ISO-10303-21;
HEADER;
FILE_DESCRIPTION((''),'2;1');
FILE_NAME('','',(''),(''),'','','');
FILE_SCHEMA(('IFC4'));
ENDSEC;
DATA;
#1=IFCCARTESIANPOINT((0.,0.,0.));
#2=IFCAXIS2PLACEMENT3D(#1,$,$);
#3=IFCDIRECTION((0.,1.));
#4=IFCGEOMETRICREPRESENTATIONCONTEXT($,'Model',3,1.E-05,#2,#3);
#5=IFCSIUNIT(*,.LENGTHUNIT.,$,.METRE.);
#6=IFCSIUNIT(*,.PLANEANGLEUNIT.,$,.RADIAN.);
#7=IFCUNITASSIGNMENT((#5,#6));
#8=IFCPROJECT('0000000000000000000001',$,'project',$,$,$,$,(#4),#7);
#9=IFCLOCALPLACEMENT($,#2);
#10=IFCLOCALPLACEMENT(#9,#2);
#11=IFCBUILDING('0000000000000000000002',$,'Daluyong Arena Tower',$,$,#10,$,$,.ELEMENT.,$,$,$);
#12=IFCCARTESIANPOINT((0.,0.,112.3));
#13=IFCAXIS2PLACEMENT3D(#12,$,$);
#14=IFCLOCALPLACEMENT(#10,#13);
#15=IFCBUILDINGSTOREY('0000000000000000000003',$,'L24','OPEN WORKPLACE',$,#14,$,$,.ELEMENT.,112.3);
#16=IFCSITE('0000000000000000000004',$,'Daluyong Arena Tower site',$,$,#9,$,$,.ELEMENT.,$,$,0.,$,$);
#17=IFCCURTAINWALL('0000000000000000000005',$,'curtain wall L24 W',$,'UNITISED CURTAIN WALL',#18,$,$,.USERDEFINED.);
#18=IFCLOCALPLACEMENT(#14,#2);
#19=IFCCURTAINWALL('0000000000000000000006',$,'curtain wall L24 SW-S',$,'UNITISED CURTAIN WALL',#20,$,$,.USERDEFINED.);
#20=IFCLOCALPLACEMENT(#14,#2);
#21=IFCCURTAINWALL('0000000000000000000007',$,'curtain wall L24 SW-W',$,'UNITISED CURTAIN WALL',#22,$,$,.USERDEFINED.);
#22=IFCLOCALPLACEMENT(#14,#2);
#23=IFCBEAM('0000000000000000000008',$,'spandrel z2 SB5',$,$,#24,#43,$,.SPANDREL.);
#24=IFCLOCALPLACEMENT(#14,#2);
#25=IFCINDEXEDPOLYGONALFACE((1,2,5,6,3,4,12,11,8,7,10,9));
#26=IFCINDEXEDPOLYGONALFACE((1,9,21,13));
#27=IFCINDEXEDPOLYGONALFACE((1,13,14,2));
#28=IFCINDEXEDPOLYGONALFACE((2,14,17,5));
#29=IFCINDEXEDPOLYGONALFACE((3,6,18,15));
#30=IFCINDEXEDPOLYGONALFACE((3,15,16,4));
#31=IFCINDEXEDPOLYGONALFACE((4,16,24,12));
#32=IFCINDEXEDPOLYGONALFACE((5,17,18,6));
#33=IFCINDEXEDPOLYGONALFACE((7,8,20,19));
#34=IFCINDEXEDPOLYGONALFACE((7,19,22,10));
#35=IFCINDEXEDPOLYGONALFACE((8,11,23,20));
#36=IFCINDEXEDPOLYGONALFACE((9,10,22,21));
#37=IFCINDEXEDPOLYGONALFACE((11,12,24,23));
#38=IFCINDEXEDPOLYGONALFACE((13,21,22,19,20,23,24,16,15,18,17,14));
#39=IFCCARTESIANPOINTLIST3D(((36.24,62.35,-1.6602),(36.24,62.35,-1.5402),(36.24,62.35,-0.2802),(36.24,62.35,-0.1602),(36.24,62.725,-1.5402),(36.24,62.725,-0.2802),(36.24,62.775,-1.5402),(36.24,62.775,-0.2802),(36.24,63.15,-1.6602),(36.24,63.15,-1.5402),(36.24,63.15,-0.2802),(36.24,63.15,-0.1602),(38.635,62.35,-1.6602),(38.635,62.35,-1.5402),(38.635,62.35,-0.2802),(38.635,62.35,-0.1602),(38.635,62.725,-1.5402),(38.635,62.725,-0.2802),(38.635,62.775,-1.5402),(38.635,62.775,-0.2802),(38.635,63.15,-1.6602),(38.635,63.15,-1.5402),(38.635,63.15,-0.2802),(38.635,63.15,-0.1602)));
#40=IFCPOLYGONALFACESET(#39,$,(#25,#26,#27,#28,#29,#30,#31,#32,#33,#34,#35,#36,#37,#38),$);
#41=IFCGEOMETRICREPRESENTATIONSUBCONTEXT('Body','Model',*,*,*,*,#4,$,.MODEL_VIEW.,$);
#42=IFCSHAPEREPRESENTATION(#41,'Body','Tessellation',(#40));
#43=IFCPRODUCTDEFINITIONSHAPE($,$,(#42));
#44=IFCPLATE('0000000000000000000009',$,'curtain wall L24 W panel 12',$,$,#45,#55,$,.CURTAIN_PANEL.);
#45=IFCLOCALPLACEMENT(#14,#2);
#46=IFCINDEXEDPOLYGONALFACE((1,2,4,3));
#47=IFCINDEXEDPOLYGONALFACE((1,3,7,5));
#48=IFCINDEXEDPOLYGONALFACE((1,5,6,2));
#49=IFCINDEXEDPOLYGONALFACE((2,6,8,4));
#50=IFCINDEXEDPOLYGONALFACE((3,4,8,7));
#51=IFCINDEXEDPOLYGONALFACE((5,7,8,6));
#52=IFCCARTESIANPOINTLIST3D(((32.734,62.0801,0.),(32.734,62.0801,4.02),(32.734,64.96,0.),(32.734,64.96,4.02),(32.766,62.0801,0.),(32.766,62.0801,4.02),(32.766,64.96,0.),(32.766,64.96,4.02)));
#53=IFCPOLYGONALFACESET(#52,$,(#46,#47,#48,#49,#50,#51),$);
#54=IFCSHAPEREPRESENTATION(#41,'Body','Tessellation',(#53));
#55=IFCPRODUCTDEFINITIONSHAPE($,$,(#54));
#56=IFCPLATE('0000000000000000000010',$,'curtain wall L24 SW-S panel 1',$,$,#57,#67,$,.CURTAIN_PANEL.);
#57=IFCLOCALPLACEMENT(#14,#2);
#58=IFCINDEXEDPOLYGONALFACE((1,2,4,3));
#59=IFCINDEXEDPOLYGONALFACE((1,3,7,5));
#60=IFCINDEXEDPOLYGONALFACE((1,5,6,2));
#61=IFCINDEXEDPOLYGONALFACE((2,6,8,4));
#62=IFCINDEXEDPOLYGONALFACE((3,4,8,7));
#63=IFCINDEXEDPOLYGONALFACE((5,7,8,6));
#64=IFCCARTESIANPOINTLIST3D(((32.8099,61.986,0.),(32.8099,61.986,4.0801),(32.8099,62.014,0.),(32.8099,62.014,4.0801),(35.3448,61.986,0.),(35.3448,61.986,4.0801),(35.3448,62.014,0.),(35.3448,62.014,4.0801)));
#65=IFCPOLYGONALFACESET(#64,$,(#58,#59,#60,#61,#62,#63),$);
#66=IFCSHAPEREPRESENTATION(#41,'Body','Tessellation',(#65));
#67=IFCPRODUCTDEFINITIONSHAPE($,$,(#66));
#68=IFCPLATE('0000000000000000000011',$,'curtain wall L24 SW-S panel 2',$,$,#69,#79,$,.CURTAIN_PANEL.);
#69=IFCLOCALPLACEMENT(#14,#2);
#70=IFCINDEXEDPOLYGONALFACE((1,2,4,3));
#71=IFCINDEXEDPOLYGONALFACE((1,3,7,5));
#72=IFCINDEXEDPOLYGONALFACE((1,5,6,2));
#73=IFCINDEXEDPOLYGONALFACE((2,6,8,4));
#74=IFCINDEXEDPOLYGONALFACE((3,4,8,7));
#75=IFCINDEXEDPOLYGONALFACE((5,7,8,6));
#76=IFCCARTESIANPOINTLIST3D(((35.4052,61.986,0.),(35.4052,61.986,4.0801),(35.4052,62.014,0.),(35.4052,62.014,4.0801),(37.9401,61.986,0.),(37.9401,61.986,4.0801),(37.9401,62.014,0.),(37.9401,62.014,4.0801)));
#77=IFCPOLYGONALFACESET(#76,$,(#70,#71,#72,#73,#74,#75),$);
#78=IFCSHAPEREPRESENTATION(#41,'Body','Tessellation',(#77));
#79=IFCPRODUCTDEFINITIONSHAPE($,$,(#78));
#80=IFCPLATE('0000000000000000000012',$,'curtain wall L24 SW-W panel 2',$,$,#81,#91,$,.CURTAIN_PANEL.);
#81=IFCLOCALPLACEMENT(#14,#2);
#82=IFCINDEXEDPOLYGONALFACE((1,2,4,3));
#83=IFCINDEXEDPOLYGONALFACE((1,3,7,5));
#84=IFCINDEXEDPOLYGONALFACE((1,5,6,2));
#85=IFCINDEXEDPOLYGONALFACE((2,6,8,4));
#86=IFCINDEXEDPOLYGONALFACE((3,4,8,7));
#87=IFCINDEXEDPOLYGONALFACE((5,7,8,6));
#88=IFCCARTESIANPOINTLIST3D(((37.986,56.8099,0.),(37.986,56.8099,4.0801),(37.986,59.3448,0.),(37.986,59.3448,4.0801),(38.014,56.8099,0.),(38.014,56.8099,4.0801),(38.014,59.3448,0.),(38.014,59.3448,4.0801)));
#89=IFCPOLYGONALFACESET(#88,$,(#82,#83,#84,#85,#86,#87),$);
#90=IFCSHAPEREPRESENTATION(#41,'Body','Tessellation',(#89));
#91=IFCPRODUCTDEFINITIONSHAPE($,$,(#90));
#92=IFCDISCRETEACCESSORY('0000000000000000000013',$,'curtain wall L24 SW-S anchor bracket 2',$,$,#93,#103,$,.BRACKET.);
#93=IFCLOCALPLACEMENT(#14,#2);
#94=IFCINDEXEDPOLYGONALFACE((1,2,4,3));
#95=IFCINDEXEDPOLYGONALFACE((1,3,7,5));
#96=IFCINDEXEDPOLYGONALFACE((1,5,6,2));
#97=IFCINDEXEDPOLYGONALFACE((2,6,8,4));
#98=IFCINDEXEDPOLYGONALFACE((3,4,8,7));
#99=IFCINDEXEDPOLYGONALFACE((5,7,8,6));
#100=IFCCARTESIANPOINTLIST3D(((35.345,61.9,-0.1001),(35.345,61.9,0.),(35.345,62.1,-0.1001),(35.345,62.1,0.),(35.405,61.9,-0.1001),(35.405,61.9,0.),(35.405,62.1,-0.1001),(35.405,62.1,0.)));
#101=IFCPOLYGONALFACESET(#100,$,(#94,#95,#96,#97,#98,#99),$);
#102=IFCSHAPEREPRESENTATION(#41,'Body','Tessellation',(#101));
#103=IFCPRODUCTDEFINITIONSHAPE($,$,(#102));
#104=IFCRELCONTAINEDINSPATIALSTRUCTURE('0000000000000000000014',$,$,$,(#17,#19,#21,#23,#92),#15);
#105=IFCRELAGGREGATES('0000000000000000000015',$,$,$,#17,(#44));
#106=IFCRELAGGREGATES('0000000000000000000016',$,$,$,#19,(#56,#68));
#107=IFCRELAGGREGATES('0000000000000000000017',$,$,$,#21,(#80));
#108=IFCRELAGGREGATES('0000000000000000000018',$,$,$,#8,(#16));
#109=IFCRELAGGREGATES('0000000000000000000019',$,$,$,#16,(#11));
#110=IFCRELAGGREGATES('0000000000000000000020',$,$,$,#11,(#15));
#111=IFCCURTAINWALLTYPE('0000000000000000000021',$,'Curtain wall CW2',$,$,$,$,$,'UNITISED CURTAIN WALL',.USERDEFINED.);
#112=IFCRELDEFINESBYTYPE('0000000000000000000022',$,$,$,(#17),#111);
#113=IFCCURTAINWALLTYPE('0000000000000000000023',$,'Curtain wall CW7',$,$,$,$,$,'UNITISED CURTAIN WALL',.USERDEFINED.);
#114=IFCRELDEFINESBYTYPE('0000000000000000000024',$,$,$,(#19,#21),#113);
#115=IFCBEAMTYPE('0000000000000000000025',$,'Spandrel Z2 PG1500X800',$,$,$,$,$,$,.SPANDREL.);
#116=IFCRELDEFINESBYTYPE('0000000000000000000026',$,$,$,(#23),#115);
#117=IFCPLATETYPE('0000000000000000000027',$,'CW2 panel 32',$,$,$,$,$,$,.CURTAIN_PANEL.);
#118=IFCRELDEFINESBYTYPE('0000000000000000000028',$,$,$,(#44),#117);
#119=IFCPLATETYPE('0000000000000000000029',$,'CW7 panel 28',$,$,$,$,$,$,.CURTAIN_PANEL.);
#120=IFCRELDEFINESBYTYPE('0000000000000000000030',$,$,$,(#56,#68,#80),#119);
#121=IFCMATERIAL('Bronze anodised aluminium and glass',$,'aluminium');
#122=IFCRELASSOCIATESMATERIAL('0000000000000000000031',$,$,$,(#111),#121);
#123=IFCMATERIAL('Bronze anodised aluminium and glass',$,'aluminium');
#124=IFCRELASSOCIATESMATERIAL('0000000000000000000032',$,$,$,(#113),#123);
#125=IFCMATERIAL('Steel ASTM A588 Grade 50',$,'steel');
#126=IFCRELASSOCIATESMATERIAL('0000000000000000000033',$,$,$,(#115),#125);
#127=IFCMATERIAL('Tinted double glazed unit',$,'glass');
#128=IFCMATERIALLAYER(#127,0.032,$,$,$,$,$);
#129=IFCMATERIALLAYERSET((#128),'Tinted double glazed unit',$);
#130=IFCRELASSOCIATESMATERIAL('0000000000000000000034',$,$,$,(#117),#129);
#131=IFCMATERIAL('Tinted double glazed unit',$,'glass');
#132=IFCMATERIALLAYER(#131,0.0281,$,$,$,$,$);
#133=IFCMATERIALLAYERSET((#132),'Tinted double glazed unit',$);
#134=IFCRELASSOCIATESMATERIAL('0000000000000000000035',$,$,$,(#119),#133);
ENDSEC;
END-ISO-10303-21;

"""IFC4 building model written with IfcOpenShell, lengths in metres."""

from ifc_helpers import new_model, si_unit, direction, frame, origin, origin_2d, place, context, subcontext, project, spatial, rectangle, i_section, extrude, material, layer, layer_set, material_profile, profile_set, type_object, element, aggregate, save


model = new_model("IFC4")

# Units and contexts
model_context = context("Model", 3, precision=1e-05, world=origin(), true_north=direction((0.0, 1.0)))
body_context = subcontext(model_context, "Body", "Model", "MODEL_VIEW")
ifc_project = project(units=[si_unit("LENGTHUNIT", "METRE"), si_unit("PLANEANGLEUNIT", "RADIAN")], contexts=[model_context])

# Site, building, storey
site_placement = place(None, origin())
site = spatial("IfcSite", under=ifc_project, at=site_placement, Name="Daluyong Arena Tower site", CompositionType="ELEMENT", RefElevation=0.0)
building_placement = place(site_placement, origin())
building = spatial("IfcBuilding", under=site, at=building_placement, Name="Daluyong Arena Tower", CompositionType="ELEMENT")
storey_placement = place(building_placement, frame((0.0, 0.0, 112.3)))
storey = spatial("IfcBuildingStorey", under=building, at=storey_placement, Name="L24", Description="OPEN WORKPLACE", CompositionType="ELEMENT", Elevation=112.3)

# Curtain wall
ifc_material_1 = material(Name="Bronze anodised aluminium and glass", Category="aluminium")
curtain_wall_type_1 = type_object("IfcCurtainWallType", Name="Curtain wall CW2", ElementType="UNITISED CURTAIN WALL", PredefinedType="USERDEFINED", material=ifc_material_1)
curtain_wall_1_placement = place(storey_placement, origin())
curtain_wall_1 = element("IfcCurtainWall", 1, at=curtain_wall_1_placement, inside=storey, type_object=curtain_wall_type_1, Name="curtain wall L24 W", ObjectType="UNITISED CURTAIN WALL", PredefinedType="USERDEFINED")

# Curtain walls
ifc_material_2 = material(Name="Bronze anodised aluminium and glass", Category="aluminium")
curtain_wall_type_2 = type_object("IfcCurtainWallType", Name="Curtain wall CW7", ElementType="UNITISED CURTAIN WALL", PredefinedType="USERDEFINED", material=ifc_material_2)
curtain_wall_2_placement = place(storey_placement, origin())
curtain_wall_2 = element("IfcCurtainWall", 2, at=curtain_wall_2_placement, inside=storey, type_object=curtain_wall_type_2, Name="curtain wall L24 SW-S", ObjectType="UNITISED CURTAIN WALL", PredefinedType="USERDEFINED")
curtain_wall_3_placement = place(storey_placement, origin())
curtain_wall_3 = element("IfcCurtainWall", 3, at=curtain_wall_3_placement, inside=storey, type_object=curtain_wall_type_2, Name="curtain wall L24 SW-W", ObjectType="UNITISED CURTAIN WALL", PredefinedType="USERDEFINED")

# Beam
ifc_material_3 = material(Name="Steel ASTM A588 Grade 50", Category="steel")
ifc_material_profile_1 = material_profile(ifc_material_3, i_section(OverallWidth=0.8, OverallDepth=1.5, WebThickness=0.05, FlangeThickness=0.12, at=origin_2d()))
ifc_profile_set_1 = profile_set([ifc_material_profile_1], Name="Steel ASTM A588 Grade 50")
beam_type = type_object("IfcBeamType", Name="Spandrel Z2 PG1500X800", PredefinedType="SPANDREL", material=ifc_profile_set_1)
for number, where, z_axis, x_axis, name in (
    (4, (36.24, 62.75, -0.9102), (1.0, 0.0, 0.0), (0.0, 1.0, 0.0), "spandrel z2 SB5"),
):
    element("IfcBeam", number, at=place(storey_placement, frame(where, z_axis=z_axis, x_axis=x_axis)), inside=storey, type_object=beam_type, Name=name, PredefinedType="SPANDREL", context=body_context, shape_type="SweptSolid", body=[
        extrude(i_section(OverallWidth=0.8, OverallDepth=1.5, WebThickness=0.05, FlangeThickness=0.12, at=origin_2d()), origin(), (0.0, 0.0, 1.0), 2.395),
    ])

# Plates
ifc_material_4 = material(Name="Tinted double glazed unit", Category="glass")
ifc_layer_1 = layer(ifc_material_4, 0.032)
ifc_layer_set_1 = layer_set([ifc_layer_1], Name="Tinted double glazed unit")
plate_type_1 = type_object("IfcPlateType", Name="CW2 panel 32", PredefinedType="CURTAIN_PANEL", material=ifc_layer_set_1)
plate_1_placement = place(storey_placement, frame((32.75, 63.52, 0.0), z_axis=(0.0, 0.0, 1.0), x_axis=(0.0, -1.0, 0.0)))
plate_1 = element("IfcPlate", 5, at=plate_1_placement, type_object=plate_type_1, Name="curtain wall L24 W panel 12", PredefinedType="CURTAIN_PANEL", context=body_context, shape_type="SweptSolid", body=[
    extrude(rectangle(XDim=2.8799, YDim=0.032, at=origin_2d()), origin(), (0.0, 0.0, 1.0), 4.02),
])
aggregate(curtain_wall_1, [plate_1])
ifc_material_5 = material(Name="Tinted double glazed unit", Category="glass")
ifc_layer_2 = layer(ifc_material_5, 0.0281)
ifc_layer_set_2 = layer_set([ifc_layer_2], Name="Tinted double glazed unit")
plate_type_2 = type_object("IfcPlateType", Name="CW7 panel 28", PredefinedType="CURTAIN_PANEL", material=ifc_layer_set_2)
plate_2_placement = place(storey_placement, frame((34.0774, 62.0, 0.0), z_axis=(0.0, 0.0, 1.0), x_axis=(1.0, 0.0, 0.0)))
plate_2 = element("IfcPlate", 6, at=plate_2_placement, type_object=plate_type_2, Name="curtain wall L24 SW-S panel 1", PredefinedType="CURTAIN_PANEL", context=body_context, shape_type="SweptSolid", body=[
    extrude(rectangle(XDim=2.5349, YDim=0.0281, at=origin_2d()), origin(), (0.0, 0.0, 1.0), 4.0801),
])
plate_3_placement = place(storey_placement, frame((36.6726, 62.0, 0.0), z_axis=(0.0, 0.0, 1.0), x_axis=(1.0, 0.0, 0.0)))
plate_3 = element("IfcPlate", 7, at=plate_3_placement, type_object=plate_type_2, Name="curtain wall L24 SW-S panel 2", PredefinedType="CURTAIN_PANEL", context=body_context, shape_type="SweptSolid", body=[
    extrude(rectangle(XDim=2.5349, YDim=0.0281, at=origin_2d()), origin(), (0.0, 0.0, 1.0), 4.0801),
])
aggregate(curtain_wall_2, [plate_2, plate_3])
plate_4_placement = place(storey_placement, frame((38.0, 58.0774, 0.0), z_axis=(0.0, 0.0, 1.0), x_axis=(0.0, -1.0, 0.0)))
plate_4 = element("IfcPlate", 8, at=plate_4_placement, type_object=plate_type_2, Name="curtain wall L24 SW-W panel 2", PredefinedType="CURTAIN_PANEL", context=body_context, shape_type="SweptSolid", body=[
    extrude(rectangle(XDim=2.5349, YDim=0.0281, at=origin_2d()), origin(), (0.0, 0.0, 1.0), 4.0801),
])
aggregate(curtain_wall_3, [plate_4])

# Discrete accessory
discrete_accessory_placement = place(storey_placement, frame((35.375, 62.0, -0.1001), z_axis=(0.0, 0.0, 1.0), x_axis=(1.0, 0.0, 0.0)))
element("IfcDiscreteAccessory", 9, at=discrete_accessory_placement, inside=storey, Name="curtain wall L24 SW-S anchor bracket 2", PredefinedType="BRACKET", context=body_context, shape_type="SweptSolid", body=[
    extrude(rectangle(XDim=0.0601, YDim=0.2, at=origin_2d()), origin(), (0.0, 0.0, 1.0), 0.1001),
])

save(model, "model.ifc")
